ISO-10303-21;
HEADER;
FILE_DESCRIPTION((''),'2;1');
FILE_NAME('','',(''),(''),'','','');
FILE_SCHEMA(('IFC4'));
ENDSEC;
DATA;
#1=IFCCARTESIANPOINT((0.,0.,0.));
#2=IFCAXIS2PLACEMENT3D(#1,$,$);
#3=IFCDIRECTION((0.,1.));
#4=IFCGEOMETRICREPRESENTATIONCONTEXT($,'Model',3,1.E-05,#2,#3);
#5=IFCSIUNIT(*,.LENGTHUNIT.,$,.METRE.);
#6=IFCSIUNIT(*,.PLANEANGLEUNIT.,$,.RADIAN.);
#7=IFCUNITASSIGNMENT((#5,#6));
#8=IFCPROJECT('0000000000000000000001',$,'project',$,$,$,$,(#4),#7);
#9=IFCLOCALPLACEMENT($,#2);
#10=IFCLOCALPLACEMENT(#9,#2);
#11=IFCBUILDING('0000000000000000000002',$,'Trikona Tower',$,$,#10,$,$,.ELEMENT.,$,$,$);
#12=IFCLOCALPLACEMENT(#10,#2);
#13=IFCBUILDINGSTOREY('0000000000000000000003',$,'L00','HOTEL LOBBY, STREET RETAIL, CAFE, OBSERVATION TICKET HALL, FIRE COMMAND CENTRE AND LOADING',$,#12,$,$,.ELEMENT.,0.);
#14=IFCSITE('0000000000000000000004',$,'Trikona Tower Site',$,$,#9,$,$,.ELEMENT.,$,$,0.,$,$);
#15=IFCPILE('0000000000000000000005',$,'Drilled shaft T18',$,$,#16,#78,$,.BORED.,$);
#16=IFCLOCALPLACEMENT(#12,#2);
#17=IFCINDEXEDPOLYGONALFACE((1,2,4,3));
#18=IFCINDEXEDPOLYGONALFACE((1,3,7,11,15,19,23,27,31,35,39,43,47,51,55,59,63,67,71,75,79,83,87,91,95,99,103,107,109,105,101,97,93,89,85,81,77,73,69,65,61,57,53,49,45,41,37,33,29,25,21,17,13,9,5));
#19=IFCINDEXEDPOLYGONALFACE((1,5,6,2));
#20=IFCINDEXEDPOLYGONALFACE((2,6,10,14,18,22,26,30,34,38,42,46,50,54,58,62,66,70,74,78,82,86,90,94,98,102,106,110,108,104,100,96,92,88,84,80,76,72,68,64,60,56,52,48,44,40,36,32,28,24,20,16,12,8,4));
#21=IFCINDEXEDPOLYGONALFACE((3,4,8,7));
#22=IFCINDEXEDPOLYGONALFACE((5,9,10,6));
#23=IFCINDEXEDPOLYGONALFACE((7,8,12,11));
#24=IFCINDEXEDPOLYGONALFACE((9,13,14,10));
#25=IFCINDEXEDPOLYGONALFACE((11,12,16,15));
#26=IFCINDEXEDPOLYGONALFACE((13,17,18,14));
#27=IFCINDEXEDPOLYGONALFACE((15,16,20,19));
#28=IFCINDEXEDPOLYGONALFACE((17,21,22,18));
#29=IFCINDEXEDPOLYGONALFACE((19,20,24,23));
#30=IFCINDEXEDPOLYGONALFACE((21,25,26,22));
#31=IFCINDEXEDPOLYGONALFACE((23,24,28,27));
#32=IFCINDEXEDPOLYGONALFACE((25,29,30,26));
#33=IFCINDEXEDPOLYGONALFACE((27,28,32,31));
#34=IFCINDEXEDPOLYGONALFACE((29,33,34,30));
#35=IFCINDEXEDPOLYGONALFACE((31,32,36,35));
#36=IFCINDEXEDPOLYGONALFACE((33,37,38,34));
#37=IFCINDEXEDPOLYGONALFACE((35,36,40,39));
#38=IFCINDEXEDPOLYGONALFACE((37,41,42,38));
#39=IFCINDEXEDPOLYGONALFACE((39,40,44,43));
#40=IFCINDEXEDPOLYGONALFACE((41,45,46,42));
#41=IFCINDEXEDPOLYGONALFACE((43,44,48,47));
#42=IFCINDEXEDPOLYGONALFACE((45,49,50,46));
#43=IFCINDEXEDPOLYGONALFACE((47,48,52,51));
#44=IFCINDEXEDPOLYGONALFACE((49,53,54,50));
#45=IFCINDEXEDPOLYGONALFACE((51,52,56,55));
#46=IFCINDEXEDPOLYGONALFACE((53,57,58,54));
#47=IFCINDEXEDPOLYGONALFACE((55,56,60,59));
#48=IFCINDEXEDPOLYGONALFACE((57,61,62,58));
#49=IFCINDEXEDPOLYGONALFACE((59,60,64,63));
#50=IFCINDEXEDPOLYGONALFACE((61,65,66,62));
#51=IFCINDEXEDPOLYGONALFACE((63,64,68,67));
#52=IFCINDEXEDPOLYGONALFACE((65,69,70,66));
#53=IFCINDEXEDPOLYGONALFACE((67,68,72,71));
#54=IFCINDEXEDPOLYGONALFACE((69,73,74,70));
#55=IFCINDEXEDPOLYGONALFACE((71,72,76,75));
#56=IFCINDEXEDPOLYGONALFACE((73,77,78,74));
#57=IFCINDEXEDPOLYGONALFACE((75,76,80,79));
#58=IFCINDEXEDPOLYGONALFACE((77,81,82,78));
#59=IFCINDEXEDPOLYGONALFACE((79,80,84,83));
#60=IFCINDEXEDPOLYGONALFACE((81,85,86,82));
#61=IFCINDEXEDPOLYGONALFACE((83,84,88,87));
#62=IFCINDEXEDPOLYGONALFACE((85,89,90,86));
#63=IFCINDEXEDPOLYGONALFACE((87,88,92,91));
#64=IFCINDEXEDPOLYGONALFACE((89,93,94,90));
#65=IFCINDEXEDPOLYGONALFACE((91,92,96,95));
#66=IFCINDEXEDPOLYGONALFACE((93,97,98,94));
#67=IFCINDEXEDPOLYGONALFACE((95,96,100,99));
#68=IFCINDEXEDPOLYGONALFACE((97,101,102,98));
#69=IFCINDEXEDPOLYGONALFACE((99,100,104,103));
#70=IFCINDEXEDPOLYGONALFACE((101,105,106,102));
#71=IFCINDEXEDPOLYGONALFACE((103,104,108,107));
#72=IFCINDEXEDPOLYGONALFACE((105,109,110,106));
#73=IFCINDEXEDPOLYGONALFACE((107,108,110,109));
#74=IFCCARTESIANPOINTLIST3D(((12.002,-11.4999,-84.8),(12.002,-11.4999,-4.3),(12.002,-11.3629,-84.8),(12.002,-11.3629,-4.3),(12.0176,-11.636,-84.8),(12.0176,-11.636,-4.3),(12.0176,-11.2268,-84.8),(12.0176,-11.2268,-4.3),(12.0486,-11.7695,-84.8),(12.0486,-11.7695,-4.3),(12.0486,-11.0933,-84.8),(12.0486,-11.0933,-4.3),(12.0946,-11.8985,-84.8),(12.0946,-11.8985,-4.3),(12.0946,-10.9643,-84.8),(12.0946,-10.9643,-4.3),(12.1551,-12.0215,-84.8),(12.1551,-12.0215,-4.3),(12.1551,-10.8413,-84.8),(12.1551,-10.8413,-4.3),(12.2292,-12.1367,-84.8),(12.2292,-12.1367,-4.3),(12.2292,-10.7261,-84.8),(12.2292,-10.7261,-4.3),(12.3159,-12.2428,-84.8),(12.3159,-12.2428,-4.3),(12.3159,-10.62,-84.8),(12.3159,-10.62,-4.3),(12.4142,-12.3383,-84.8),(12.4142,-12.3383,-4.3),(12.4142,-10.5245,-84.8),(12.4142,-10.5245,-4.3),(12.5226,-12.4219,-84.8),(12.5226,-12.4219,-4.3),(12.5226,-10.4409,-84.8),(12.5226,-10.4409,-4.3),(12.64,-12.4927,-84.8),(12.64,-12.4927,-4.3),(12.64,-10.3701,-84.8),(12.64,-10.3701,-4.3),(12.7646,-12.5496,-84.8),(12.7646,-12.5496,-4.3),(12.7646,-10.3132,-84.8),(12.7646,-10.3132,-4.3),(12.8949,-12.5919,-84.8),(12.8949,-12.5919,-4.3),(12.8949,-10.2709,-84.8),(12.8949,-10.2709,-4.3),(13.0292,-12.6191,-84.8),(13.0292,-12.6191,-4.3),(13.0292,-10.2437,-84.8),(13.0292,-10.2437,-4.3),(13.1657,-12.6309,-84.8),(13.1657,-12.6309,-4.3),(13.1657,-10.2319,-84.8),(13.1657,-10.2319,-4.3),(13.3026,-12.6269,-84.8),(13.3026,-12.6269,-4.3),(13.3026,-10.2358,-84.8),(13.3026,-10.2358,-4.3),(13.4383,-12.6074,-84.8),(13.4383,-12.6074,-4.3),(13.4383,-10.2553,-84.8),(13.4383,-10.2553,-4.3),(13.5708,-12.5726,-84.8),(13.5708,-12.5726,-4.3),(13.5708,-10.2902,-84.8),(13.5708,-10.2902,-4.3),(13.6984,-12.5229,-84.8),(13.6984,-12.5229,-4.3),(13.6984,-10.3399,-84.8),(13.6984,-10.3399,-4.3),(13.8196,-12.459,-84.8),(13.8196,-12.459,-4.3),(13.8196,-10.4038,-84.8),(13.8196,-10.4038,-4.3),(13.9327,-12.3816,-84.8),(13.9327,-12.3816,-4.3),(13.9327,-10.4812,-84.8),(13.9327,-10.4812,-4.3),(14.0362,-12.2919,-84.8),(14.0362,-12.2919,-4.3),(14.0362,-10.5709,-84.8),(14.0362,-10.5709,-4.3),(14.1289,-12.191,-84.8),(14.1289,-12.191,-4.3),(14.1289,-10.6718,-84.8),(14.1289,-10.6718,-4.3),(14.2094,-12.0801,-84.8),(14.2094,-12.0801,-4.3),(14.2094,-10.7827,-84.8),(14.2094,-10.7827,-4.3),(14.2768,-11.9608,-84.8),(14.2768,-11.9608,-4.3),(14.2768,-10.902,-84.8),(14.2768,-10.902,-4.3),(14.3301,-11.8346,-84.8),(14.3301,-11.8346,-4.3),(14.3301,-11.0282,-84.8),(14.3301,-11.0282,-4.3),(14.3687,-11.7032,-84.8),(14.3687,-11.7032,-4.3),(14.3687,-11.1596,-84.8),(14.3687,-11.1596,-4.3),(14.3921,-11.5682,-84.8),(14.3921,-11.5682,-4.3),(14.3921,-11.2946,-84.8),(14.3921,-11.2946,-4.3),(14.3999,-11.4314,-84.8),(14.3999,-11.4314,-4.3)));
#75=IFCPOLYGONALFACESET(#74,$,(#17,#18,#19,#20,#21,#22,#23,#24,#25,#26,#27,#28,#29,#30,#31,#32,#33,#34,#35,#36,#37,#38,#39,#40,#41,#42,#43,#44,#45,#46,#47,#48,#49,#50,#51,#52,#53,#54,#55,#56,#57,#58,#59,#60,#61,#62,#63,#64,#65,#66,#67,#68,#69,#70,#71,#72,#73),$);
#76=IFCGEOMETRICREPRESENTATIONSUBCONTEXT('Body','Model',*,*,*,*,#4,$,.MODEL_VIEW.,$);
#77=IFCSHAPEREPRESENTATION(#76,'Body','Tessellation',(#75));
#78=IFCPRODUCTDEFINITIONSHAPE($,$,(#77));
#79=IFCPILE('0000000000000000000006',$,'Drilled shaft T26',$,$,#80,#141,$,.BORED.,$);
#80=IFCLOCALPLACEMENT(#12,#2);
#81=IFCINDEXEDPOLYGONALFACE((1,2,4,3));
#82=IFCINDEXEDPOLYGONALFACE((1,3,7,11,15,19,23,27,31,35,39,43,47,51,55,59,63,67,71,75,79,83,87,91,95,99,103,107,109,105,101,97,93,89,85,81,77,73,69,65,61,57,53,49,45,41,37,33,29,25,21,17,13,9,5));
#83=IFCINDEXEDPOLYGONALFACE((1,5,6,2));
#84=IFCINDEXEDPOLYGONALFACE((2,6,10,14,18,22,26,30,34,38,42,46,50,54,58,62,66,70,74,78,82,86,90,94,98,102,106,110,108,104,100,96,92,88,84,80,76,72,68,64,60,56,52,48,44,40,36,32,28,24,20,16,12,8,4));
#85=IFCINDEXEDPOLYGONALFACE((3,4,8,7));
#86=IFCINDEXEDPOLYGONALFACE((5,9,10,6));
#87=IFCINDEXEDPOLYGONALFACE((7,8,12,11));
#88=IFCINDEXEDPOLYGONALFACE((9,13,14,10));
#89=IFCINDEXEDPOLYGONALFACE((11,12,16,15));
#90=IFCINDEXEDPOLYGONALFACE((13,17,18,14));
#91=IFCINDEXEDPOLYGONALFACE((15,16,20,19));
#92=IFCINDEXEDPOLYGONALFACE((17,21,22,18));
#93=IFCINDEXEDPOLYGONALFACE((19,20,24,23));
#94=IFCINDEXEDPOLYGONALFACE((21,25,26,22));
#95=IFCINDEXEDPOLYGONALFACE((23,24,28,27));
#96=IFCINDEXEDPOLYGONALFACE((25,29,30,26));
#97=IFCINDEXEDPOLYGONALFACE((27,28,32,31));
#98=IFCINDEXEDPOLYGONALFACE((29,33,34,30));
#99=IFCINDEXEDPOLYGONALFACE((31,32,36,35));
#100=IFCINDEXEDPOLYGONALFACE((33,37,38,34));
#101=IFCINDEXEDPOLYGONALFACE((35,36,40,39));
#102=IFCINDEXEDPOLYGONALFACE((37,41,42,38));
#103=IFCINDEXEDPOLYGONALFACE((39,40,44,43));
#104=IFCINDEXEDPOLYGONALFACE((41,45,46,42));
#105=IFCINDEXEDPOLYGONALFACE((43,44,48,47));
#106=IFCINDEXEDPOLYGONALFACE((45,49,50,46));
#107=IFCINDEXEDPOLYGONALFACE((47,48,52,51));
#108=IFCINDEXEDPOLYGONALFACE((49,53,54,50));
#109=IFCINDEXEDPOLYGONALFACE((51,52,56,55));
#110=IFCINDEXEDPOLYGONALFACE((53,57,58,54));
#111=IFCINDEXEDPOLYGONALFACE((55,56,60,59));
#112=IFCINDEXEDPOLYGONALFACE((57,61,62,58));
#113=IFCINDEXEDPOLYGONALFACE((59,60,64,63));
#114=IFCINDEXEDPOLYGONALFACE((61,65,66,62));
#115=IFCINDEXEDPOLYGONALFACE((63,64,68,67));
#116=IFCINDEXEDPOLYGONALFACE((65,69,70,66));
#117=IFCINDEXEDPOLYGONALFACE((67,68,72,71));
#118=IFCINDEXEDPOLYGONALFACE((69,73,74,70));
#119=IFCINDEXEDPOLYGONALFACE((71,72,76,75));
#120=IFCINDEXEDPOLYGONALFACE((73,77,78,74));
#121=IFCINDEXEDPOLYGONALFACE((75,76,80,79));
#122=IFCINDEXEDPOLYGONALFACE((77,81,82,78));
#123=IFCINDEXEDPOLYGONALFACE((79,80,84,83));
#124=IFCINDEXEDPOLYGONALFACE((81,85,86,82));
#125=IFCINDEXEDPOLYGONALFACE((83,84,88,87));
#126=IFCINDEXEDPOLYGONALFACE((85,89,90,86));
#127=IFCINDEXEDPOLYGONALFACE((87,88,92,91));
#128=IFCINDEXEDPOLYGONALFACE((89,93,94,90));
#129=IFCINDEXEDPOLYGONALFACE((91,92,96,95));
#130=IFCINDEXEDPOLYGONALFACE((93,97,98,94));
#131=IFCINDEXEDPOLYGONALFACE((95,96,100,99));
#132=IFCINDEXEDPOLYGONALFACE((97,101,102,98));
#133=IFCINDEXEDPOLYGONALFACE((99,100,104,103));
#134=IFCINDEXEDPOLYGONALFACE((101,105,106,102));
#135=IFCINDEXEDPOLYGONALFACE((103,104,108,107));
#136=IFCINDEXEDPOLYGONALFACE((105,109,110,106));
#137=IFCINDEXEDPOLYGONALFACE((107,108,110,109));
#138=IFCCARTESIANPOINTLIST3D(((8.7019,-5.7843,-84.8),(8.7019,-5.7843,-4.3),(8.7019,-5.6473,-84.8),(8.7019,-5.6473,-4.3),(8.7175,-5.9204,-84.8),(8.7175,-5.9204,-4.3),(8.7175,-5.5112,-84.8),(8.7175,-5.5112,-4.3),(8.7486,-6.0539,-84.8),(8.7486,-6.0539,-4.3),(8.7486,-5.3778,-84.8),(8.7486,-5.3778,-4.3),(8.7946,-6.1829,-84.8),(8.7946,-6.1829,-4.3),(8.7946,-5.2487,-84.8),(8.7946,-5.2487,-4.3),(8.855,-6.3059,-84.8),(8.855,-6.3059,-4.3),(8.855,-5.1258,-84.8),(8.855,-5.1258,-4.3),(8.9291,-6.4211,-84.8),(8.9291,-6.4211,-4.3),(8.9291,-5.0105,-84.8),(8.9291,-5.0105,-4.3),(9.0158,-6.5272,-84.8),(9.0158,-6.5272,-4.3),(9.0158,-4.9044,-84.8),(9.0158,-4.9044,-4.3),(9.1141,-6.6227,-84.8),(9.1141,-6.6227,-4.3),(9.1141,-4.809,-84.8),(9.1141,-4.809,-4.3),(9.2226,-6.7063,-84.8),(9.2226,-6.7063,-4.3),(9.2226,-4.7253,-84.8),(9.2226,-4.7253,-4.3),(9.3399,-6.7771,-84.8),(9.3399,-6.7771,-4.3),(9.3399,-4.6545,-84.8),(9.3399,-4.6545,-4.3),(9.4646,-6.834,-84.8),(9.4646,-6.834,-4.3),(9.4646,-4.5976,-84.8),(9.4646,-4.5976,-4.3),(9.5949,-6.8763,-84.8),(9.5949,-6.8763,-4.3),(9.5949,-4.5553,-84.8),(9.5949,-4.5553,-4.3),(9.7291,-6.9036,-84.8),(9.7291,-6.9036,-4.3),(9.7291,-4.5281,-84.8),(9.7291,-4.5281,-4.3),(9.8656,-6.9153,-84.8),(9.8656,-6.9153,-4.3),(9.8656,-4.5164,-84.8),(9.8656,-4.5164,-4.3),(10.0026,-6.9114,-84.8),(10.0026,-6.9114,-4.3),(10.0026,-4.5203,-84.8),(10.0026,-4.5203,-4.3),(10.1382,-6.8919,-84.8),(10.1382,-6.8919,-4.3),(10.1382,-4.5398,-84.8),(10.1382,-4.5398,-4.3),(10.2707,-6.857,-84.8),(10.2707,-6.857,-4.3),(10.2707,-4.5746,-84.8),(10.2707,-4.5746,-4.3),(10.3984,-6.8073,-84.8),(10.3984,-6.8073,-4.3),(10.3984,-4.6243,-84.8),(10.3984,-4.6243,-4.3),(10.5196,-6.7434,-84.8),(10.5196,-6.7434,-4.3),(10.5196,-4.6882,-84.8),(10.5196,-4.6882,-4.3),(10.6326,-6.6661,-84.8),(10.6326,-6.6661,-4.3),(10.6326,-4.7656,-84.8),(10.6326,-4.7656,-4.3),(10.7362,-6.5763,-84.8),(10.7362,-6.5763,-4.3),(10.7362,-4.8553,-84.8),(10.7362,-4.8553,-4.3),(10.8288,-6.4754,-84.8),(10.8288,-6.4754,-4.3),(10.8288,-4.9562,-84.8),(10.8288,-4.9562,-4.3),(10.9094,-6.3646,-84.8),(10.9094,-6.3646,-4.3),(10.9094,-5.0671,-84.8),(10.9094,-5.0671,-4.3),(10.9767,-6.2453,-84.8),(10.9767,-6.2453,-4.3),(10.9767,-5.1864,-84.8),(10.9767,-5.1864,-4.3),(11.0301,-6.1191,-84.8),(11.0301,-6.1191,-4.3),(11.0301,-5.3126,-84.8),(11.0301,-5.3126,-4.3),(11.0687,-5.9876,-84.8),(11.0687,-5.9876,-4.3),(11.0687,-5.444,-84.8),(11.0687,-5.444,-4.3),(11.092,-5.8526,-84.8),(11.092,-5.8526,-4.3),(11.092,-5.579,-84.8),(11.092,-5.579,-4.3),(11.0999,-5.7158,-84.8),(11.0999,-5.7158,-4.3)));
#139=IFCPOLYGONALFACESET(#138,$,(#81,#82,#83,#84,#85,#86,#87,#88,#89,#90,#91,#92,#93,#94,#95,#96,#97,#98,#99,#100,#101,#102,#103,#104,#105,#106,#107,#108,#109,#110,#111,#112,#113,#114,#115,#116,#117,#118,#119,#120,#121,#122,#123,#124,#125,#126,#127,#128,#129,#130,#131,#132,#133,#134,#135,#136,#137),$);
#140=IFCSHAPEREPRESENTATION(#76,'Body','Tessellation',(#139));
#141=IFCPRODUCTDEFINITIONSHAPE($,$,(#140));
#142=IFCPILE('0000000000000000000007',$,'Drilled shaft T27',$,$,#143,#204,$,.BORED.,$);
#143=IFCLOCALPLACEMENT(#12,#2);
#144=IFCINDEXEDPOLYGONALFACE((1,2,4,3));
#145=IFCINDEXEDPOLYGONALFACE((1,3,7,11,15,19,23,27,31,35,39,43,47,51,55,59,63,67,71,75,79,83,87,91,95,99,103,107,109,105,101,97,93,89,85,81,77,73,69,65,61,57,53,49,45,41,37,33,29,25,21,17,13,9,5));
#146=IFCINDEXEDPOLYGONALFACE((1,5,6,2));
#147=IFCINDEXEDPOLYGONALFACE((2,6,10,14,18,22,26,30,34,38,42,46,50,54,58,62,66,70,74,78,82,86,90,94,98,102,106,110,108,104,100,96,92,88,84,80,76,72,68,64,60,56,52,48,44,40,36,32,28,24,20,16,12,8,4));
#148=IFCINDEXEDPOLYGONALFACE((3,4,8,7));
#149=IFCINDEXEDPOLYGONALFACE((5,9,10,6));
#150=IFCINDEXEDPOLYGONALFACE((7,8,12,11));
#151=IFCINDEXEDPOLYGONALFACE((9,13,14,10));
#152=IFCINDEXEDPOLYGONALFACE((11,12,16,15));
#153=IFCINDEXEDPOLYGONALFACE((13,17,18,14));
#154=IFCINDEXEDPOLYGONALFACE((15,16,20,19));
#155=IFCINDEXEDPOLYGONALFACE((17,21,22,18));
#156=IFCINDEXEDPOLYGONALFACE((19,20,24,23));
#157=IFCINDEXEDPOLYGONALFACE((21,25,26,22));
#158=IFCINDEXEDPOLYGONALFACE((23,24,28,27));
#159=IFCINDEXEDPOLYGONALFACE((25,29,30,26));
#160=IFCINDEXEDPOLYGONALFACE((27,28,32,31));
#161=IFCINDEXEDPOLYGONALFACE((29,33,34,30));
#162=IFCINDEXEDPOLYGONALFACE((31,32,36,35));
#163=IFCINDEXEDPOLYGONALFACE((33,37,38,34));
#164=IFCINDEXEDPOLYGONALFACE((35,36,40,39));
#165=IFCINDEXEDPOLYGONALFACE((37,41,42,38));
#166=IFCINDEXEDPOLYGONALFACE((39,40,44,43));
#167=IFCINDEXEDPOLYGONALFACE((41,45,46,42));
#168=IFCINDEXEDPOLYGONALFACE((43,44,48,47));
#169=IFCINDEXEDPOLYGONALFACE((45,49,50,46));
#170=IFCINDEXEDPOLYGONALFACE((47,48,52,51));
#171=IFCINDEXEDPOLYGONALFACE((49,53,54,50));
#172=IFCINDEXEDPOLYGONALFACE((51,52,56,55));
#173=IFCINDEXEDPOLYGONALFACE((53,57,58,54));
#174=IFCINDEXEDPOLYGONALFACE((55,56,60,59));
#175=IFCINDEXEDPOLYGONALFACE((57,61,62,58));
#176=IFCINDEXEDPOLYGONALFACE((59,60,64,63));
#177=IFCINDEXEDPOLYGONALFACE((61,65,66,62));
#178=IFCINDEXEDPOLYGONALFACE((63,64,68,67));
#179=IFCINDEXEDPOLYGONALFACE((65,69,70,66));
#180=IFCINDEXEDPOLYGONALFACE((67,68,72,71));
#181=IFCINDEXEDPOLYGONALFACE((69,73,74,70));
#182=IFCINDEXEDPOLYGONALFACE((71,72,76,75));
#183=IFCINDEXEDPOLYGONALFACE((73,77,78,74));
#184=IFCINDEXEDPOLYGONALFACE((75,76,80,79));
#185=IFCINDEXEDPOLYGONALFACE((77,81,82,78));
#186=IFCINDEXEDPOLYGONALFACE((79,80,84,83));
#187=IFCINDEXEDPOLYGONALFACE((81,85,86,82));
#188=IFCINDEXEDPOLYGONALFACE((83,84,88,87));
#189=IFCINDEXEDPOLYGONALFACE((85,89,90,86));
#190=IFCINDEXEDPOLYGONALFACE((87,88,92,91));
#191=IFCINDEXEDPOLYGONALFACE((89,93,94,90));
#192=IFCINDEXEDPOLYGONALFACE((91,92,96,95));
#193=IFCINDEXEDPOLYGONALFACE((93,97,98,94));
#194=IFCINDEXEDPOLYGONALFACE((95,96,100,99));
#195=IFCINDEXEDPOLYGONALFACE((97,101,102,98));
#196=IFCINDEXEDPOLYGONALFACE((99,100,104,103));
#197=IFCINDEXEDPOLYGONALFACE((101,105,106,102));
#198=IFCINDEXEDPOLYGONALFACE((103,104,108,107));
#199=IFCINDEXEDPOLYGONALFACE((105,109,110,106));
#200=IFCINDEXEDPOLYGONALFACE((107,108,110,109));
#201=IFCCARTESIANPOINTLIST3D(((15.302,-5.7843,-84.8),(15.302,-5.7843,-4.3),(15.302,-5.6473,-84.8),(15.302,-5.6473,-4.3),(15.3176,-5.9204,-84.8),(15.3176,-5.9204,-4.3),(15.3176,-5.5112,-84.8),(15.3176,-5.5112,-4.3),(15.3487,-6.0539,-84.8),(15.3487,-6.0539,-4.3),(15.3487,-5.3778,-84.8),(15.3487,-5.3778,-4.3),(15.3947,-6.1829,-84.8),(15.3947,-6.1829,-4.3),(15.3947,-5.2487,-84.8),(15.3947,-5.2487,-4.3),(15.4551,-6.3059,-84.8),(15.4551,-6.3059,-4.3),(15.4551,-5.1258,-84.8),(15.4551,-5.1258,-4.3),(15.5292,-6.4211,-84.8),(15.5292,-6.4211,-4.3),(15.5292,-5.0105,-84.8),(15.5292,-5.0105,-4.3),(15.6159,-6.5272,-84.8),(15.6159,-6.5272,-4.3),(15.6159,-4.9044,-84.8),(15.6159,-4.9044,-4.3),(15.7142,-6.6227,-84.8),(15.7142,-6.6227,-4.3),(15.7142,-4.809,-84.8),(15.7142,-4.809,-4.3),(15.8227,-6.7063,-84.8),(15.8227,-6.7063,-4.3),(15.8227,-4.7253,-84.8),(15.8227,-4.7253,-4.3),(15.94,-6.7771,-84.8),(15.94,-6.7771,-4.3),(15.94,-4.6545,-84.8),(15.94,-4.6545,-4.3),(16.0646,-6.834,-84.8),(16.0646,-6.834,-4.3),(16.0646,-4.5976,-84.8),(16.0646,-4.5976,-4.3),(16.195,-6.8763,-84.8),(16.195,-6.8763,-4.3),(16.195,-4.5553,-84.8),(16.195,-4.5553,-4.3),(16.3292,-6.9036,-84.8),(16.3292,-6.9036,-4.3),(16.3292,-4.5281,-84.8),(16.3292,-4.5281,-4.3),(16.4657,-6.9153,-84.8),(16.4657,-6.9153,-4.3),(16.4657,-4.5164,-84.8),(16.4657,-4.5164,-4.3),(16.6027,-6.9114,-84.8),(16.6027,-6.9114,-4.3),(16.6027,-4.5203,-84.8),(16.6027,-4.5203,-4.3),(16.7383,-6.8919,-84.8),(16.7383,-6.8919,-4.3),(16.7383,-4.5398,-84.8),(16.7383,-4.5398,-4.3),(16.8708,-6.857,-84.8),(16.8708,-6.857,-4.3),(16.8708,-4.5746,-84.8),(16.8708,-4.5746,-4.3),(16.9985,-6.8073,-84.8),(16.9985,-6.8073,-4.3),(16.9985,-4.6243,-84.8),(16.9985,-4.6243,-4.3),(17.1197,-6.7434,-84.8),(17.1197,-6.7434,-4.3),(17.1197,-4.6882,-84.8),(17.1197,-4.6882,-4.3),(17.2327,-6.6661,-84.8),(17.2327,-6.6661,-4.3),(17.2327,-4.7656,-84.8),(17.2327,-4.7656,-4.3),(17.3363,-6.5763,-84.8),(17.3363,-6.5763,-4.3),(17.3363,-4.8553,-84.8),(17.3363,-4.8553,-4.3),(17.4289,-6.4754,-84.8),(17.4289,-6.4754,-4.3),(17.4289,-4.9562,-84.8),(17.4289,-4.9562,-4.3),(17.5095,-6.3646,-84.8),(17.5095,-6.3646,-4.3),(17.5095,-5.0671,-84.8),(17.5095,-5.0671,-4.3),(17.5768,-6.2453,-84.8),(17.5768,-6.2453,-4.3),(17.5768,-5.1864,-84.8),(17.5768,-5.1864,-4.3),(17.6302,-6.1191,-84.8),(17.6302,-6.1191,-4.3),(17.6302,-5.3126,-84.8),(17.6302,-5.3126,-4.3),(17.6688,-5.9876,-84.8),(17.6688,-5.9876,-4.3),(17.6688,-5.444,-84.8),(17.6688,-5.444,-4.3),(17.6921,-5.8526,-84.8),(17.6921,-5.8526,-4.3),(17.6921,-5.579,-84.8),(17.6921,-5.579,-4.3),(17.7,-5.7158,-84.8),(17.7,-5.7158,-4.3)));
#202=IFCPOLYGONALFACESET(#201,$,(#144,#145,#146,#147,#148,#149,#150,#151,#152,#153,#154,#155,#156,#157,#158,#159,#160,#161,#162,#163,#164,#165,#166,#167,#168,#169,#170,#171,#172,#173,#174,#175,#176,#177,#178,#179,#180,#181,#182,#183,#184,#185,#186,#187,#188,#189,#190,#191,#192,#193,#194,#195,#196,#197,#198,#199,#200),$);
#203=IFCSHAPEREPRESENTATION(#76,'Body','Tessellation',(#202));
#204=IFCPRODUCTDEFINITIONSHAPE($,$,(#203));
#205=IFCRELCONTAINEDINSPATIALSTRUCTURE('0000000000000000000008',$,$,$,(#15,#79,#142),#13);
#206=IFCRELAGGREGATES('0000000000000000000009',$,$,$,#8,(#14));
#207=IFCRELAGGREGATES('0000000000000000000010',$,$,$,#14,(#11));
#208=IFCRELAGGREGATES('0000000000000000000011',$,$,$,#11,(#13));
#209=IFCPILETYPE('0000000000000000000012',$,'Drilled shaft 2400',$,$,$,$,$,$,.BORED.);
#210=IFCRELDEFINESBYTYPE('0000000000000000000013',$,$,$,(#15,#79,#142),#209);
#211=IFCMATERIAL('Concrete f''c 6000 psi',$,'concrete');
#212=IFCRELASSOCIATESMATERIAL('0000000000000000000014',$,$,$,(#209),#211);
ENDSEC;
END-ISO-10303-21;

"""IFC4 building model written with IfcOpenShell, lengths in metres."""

from ifc_helpers import new_model, si_unit, direction, frame, origin, origin_2d, place, context, subcontext, project, spatial, circle, extrude, material, type_object, element, save


model = new_model("IFC4")

# Units and contexts
model_context = context("Model", 3, precision=1e-05, world=origin(), true_north=direction((0.0, 1.0)))
body_context = subcontext(model_context, "Body", "Model", "MODEL_VIEW")
ifc_project = project(units=[si_unit("LENGTHUNIT", "METRE"), si_unit("PLANEANGLEUNIT", "RADIAN")], contexts=[model_context])

# Site, building, storey
site_placement = place(None, origin())
site = spatial("IfcSite", under=ifc_project, at=site_placement, Name="Trikona Tower Site", CompositionType="ELEMENT", RefElevation=0.0)
building_placement = place(site_placement, origin())
building = spatial("IfcBuilding", under=site, at=building_placement, Name="Trikona Tower", CompositionType="ELEMENT")
storey_placement = place(building_placement, origin())
storey = spatial("IfcBuildingStorey", under=building, at=storey_placement, Name="L00", Description="HOTEL LOBBY, STREET RETAIL, CAFE, OBSERVATION TICKET HALL, FIRE COMMAND CENTRE AND LOADING", CompositionType="ELEMENT", Elevation=0.0)

# Piles
ifc_material_1 = material(Name="Concrete f'c 6000 psi", Category="concrete")
pile_type = type_object("IfcPileType", Name="Drilled shaft 2400", PredefinedType="BORED", material=ifc_material_1)
for number, where, z_axis, x_axis, name in (
    (1, (13.2, -11.4314, -4.3), (0.0, 0.0, -1.0), (1.0, 0.0, 0.0), "Drilled shaft T18"),
    (2, (9.8999, -5.7158, -4.3), (0.0, 0.0, -1.0), (1.0, 0.0, 0.0), "Drilled shaft T26"),
    (3, (16.5, -5.7158, -4.3), (0.0, 0.0, -1.0), (1.0, 0.0, 0.0), "Drilled shaft T27"),
):
    element("IfcPile", number, at=place(storey_placement, frame(where, z_axis=z_axis, x_axis=x_axis)), inside=storey, type_object=pile_type, Name=name, PredefinedType="BORED", context=body_context, shape_type="SweptSolid", body=[
        extrude(circle(Radius=1.2, at=origin_2d()), origin(), (0.0, 0.0, 1.0), 80.5),
    ])

save(model, "model.ifc")
